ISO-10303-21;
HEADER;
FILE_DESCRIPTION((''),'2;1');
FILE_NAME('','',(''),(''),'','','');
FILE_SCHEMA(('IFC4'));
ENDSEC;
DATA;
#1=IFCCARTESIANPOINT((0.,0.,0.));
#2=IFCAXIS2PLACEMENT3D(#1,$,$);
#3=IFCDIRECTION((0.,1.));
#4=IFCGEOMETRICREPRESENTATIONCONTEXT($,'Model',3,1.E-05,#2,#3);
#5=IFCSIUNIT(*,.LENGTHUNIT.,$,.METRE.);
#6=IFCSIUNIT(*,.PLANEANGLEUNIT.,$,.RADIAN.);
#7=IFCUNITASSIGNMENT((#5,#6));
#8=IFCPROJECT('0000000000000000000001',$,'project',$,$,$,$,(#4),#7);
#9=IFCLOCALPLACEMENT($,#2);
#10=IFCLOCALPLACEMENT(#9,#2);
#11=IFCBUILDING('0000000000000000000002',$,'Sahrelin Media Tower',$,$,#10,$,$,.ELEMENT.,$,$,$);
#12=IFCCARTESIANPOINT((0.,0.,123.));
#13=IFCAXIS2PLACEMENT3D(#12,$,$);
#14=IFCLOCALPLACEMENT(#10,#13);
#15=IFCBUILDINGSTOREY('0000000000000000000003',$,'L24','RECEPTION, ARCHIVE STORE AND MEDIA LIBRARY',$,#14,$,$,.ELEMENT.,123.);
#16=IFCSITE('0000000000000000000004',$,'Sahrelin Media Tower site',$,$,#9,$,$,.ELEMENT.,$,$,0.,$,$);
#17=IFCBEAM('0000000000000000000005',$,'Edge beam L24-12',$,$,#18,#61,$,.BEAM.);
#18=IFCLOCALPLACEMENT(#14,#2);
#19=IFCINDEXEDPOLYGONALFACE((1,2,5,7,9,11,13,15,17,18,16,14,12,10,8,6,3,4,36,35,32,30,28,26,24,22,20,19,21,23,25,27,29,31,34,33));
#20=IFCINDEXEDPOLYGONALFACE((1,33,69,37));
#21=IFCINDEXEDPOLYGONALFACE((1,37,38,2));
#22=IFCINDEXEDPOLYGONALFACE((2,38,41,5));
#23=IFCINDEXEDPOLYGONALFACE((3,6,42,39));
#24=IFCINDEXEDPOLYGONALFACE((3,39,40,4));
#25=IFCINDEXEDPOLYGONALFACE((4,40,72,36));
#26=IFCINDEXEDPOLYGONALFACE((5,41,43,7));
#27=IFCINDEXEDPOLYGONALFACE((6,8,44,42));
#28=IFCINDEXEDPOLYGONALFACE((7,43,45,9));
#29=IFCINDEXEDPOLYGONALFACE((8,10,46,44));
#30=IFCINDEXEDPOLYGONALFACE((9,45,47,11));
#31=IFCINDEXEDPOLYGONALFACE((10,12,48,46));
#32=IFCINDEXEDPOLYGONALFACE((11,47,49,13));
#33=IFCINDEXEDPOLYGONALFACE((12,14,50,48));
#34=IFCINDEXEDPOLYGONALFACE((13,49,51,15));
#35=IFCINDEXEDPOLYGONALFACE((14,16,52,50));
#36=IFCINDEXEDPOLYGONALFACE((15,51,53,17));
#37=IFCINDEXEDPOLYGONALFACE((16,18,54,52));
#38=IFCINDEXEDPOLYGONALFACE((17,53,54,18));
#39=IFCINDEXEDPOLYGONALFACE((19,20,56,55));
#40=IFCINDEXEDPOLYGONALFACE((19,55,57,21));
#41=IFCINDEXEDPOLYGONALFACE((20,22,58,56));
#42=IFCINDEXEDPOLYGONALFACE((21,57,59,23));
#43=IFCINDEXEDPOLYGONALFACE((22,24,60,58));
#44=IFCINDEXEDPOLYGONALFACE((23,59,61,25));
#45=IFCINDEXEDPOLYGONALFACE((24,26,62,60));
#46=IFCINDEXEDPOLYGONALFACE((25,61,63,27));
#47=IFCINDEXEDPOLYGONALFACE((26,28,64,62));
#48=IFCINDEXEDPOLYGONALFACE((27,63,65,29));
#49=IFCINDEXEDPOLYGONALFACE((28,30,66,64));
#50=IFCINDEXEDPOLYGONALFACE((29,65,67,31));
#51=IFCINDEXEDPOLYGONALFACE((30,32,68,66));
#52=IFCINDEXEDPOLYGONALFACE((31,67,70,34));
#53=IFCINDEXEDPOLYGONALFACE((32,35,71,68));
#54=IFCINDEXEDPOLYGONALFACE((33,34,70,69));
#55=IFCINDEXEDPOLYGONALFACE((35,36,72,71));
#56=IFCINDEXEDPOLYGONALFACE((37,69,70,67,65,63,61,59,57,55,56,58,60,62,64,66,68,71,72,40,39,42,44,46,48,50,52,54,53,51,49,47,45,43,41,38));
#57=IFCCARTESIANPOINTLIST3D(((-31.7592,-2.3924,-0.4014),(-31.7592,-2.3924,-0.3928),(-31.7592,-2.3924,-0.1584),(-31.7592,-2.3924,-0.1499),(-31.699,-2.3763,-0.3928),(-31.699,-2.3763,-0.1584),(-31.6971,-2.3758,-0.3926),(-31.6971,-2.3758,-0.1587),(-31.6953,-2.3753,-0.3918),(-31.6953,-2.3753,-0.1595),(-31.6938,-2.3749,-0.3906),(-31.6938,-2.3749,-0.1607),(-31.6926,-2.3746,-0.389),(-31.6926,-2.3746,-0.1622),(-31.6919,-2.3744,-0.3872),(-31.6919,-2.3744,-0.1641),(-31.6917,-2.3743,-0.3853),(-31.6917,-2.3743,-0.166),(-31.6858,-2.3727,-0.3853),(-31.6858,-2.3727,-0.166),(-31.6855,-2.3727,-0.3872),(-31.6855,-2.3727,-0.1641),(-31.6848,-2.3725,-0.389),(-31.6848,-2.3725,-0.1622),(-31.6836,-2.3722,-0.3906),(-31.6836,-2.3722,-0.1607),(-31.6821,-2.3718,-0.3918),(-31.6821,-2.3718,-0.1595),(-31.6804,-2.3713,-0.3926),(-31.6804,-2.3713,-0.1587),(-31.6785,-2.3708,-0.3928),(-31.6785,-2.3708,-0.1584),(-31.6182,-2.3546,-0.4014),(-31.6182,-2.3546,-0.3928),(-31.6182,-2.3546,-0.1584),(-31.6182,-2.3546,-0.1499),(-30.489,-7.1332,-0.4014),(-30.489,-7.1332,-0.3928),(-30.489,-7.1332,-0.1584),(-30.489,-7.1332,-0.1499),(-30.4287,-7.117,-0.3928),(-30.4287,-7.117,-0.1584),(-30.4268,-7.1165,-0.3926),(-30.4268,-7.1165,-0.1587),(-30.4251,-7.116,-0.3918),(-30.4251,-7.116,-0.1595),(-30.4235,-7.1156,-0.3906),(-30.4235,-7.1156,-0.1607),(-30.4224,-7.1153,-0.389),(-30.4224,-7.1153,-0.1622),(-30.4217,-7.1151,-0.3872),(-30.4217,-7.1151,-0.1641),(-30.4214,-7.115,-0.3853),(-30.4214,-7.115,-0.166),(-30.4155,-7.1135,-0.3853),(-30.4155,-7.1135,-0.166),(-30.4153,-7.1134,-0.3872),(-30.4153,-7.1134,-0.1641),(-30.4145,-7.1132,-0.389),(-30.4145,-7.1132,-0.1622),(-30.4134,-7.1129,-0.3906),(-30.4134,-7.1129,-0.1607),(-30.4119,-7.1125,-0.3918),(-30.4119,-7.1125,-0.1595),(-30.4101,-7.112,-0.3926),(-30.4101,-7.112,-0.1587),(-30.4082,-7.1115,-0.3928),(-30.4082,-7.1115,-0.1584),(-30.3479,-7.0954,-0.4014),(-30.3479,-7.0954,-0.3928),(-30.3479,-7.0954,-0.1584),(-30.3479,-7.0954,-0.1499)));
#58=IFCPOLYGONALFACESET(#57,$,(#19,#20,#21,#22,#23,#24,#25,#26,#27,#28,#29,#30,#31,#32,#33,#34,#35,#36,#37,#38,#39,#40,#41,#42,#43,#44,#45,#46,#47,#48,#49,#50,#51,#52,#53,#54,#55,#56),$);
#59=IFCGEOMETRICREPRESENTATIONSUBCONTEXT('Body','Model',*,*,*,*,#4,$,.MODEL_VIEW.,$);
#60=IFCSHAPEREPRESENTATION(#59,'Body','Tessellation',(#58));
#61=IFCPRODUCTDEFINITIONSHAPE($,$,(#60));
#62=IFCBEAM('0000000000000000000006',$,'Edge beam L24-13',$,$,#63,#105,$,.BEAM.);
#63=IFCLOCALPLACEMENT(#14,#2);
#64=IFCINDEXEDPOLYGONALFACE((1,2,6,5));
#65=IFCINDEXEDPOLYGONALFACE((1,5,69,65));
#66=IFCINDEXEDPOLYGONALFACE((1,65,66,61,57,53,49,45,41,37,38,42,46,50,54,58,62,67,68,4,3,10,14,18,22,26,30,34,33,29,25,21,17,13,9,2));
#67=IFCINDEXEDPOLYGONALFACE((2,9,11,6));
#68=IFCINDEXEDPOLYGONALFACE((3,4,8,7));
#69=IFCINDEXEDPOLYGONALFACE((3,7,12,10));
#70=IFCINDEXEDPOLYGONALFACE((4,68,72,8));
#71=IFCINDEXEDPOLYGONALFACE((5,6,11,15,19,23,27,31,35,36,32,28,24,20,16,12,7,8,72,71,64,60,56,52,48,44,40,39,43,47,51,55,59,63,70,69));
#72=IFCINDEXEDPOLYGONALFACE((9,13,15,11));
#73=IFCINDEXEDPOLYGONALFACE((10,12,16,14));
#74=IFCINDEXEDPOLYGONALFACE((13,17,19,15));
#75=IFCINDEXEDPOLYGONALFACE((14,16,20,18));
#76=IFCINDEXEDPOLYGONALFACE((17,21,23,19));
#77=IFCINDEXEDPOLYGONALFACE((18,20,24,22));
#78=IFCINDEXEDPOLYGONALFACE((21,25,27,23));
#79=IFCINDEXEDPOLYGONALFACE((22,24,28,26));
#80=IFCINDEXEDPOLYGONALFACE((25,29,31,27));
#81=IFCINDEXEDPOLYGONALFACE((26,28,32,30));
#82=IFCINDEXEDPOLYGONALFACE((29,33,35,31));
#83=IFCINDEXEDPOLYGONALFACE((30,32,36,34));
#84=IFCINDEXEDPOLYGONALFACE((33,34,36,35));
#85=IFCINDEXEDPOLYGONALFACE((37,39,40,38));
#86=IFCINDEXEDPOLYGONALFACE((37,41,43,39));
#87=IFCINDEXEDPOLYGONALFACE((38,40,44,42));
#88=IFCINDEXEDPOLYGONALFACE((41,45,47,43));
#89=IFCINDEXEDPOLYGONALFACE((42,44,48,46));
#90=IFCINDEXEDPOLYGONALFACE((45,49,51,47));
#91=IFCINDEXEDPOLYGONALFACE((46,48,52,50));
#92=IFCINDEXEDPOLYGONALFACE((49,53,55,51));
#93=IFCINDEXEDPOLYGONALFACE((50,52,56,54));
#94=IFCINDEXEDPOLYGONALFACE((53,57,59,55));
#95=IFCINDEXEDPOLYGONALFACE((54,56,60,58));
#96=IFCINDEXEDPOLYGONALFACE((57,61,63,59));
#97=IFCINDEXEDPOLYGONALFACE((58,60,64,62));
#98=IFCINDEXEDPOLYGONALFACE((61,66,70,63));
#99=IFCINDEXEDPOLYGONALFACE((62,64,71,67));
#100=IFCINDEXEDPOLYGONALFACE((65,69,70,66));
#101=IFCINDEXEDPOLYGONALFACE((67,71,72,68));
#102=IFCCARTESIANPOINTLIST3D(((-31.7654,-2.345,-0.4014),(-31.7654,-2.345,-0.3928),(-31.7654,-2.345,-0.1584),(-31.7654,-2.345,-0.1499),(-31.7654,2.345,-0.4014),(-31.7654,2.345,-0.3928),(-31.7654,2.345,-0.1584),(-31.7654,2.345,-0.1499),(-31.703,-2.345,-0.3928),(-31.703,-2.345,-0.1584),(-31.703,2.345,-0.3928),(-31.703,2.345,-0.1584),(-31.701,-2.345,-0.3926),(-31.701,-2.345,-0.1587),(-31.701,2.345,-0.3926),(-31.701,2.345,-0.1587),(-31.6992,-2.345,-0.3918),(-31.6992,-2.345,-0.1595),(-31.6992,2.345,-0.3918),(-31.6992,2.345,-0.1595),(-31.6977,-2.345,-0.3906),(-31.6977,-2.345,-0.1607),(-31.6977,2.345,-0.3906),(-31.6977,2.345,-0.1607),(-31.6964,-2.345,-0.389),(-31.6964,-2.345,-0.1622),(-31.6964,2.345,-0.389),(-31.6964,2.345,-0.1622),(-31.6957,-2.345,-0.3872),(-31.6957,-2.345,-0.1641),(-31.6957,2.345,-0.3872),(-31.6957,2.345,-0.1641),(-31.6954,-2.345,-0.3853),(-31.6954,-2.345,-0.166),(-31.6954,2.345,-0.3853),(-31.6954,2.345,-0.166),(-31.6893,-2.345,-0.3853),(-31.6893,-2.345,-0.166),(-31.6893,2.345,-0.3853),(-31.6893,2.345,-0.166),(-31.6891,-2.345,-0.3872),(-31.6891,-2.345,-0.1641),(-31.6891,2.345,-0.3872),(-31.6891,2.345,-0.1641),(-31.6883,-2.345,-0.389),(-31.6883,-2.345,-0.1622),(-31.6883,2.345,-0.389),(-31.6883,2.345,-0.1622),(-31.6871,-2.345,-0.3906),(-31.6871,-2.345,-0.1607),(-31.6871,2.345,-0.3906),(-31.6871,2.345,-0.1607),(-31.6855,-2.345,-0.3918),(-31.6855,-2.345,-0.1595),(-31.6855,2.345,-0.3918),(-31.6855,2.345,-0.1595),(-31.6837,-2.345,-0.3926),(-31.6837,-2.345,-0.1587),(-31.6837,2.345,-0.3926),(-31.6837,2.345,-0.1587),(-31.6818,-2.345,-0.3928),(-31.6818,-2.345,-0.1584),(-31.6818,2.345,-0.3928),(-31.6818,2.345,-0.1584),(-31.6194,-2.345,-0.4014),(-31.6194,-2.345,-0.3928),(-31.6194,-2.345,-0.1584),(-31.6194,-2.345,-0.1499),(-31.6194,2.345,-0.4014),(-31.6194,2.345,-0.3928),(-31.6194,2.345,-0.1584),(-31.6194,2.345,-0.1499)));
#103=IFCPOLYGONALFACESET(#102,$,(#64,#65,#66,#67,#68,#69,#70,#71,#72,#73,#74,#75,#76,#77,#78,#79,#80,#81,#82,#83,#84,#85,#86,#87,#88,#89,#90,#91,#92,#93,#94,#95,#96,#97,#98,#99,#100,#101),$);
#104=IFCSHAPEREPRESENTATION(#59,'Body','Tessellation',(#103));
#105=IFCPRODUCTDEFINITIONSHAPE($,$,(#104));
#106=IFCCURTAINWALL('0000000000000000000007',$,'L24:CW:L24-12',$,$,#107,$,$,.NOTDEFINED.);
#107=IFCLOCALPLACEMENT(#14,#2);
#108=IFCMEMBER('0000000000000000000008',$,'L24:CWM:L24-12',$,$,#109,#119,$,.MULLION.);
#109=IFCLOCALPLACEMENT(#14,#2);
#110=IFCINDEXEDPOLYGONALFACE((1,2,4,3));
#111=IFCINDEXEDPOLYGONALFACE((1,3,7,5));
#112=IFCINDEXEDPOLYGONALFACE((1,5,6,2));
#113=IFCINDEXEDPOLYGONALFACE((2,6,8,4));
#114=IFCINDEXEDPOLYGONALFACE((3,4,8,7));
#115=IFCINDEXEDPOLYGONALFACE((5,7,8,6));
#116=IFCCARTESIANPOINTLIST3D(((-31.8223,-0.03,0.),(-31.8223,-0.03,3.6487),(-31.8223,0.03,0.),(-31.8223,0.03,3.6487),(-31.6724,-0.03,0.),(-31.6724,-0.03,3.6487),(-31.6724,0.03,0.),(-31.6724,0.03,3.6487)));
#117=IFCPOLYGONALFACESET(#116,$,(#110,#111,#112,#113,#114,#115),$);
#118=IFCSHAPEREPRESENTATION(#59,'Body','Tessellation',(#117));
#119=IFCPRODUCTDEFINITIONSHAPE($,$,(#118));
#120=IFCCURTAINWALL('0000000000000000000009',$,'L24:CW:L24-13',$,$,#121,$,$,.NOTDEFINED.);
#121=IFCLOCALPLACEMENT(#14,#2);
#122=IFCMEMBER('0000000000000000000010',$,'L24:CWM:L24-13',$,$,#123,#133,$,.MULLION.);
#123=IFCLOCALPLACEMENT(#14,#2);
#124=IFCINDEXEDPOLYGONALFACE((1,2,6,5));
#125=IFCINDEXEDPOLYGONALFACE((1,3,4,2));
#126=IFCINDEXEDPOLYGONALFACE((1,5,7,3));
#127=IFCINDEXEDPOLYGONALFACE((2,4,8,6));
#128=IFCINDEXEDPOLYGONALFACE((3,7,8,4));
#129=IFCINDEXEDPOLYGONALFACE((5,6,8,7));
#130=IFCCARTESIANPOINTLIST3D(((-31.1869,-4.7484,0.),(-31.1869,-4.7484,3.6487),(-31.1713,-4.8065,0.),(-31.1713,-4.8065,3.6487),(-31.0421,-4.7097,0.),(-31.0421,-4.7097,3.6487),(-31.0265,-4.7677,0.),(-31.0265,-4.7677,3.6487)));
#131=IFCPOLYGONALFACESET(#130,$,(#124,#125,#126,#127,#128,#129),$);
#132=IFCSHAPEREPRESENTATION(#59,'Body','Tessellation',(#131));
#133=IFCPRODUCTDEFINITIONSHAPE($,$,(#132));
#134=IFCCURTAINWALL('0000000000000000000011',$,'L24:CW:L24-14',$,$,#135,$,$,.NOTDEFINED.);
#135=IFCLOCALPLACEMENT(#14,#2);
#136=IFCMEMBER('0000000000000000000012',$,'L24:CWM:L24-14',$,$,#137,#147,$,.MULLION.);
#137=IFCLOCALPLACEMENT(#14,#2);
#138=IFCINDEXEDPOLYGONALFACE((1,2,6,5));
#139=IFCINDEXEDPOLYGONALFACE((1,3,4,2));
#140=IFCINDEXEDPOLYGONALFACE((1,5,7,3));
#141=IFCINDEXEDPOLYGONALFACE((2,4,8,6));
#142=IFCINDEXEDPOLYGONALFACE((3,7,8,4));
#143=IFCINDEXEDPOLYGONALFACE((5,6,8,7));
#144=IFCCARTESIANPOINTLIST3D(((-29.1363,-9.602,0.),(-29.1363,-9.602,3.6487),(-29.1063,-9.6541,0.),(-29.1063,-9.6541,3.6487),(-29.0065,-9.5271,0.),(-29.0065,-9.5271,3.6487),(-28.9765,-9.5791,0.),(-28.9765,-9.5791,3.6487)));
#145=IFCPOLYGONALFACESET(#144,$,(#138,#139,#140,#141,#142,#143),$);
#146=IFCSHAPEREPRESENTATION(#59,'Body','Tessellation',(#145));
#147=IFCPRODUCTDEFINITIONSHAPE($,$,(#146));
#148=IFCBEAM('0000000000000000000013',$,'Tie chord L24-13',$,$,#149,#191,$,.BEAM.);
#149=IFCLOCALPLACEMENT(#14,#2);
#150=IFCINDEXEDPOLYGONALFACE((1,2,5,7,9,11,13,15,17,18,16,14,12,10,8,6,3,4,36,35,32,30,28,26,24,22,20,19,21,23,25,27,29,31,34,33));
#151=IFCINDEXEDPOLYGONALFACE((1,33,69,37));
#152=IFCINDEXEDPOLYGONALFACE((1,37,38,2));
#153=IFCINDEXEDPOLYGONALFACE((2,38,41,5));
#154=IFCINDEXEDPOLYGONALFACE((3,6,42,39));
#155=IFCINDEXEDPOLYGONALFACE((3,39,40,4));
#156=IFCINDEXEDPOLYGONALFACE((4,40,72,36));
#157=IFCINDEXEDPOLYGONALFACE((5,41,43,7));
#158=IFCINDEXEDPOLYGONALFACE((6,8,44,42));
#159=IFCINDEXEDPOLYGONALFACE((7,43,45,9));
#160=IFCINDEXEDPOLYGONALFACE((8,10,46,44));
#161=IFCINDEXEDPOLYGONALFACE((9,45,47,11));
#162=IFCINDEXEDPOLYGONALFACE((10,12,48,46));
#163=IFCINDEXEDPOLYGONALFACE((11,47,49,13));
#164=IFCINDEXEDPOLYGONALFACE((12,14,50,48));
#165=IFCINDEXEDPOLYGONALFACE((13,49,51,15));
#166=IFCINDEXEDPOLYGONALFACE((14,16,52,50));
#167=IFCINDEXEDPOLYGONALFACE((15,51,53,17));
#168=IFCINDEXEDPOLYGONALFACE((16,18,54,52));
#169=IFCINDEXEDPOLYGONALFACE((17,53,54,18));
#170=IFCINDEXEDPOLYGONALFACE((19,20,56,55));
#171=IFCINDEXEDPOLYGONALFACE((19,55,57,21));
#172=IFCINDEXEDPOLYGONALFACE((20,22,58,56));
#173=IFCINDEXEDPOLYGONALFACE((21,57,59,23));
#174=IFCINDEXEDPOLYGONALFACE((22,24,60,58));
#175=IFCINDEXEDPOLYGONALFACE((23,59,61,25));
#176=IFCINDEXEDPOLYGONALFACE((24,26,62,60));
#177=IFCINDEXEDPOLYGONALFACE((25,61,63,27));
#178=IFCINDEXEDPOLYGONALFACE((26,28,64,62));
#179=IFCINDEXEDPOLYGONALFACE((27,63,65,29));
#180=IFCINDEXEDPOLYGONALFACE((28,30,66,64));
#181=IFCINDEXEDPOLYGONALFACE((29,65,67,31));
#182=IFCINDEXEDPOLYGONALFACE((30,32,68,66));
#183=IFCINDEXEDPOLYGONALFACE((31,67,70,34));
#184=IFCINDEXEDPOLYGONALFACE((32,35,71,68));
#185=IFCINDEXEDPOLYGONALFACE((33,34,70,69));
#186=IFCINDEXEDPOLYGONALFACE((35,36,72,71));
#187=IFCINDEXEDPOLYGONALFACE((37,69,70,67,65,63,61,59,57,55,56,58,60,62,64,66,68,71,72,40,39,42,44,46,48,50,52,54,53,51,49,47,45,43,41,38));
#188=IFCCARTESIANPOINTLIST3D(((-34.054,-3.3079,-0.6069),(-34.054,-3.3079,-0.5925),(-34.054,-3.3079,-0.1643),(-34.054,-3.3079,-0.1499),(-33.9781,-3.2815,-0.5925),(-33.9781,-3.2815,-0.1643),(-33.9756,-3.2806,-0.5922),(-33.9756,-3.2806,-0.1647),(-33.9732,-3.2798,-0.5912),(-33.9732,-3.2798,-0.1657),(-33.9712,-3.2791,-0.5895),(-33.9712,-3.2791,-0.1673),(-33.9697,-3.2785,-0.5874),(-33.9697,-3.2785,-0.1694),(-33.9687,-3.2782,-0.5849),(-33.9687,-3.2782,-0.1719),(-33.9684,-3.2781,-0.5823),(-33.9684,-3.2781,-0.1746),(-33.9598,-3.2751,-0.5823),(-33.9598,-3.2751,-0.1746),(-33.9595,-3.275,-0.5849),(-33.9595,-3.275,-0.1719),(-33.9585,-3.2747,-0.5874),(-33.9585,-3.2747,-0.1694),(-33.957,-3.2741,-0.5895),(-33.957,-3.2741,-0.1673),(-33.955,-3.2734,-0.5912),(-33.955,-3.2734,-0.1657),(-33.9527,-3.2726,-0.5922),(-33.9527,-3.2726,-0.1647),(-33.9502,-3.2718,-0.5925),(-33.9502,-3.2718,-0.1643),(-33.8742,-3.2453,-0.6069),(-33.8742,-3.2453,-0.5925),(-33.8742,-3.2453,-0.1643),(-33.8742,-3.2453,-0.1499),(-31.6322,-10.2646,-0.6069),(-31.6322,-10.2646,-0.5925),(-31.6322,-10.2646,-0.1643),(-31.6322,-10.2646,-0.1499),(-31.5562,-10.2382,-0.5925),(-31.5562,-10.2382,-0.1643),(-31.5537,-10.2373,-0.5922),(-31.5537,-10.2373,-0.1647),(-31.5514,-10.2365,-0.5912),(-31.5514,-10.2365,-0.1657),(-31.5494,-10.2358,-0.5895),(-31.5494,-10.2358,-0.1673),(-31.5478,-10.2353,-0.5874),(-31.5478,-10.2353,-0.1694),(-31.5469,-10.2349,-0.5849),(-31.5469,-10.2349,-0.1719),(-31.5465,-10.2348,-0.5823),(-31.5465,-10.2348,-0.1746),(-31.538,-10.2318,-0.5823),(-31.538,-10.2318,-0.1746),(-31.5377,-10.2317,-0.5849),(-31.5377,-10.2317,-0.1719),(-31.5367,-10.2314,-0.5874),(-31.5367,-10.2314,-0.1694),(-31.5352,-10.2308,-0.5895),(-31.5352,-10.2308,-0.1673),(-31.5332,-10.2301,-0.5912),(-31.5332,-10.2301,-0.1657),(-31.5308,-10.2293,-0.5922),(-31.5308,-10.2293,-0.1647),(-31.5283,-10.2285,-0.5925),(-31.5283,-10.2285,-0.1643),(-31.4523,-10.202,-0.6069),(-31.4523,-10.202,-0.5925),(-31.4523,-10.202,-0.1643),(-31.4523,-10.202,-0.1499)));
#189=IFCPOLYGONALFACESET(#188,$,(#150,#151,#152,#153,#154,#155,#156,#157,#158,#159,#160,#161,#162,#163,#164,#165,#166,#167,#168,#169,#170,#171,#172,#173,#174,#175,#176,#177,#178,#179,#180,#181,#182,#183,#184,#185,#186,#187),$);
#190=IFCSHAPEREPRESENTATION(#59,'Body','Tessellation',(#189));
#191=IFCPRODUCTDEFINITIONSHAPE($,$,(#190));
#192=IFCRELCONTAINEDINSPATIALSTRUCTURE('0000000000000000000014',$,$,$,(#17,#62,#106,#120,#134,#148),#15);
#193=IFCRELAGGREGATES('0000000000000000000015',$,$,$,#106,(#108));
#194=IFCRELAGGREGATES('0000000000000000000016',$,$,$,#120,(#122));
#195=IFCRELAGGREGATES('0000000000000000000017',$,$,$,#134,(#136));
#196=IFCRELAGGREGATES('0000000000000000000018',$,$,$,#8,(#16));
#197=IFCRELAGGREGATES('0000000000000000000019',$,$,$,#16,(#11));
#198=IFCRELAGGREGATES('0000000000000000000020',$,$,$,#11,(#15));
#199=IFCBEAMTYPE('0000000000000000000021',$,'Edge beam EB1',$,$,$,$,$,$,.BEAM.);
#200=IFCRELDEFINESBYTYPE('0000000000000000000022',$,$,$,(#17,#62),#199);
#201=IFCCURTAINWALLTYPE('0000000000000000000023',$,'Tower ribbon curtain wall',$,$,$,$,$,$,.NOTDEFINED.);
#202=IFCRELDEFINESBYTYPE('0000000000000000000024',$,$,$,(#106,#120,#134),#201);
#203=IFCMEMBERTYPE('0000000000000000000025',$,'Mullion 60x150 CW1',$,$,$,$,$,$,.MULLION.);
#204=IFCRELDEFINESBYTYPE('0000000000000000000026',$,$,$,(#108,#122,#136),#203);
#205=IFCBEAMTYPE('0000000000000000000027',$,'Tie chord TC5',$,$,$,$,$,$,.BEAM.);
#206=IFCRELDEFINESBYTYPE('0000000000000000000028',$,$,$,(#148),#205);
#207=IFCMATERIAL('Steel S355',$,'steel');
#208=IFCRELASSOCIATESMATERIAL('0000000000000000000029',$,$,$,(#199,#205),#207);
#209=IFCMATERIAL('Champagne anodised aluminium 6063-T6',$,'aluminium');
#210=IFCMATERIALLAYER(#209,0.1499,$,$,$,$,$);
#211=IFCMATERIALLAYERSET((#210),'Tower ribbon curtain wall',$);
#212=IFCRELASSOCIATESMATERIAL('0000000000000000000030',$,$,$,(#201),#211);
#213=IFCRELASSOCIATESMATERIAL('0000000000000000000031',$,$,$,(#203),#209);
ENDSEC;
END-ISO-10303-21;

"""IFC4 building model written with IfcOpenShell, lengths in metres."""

from ifc_helpers import new_model, si_unit, direction, frame, origin, origin_2d, place, context, subcontext, project, spatial, rectangle, i_section, extrude, material, layer, layer_set, material_profile, profile_set, type_object, element, aggregate, save


model = new_model("IFC4")

# Units and contexts
model_context = context("Model", 3, precision=1e-05, world=origin(), true_north=direction((0.0, 1.0)))
body_context = subcontext(model_context, "Body", "Model", "MODEL_VIEW")
ifc_project = project(units=[si_unit("LENGTHUNIT", "METRE"), si_unit("PLANEANGLEUNIT", "RADIAN")], contexts=[model_context])

# Site, building, storey
site_placement = place(None, origin())
site = spatial("IfcSite", under=ifc_project, at=site_placement, Name="Sahrelin Media Tower site", CompositionType="ELEMENT", RefElevation=0.0)
building_placement = place(site_placement, origin())
building = spatial("IfcBuilding", under=site, at=building_placement, Name="Sahrelin Media Tower", CompositionType="ELEMENT")
storey_placement = place(building_placement, frame((0.0, 0.0, 123.0)))
storey = spatial("IfcBuildingStorey", under=building, at=storey_placement, Name="L24", Description="RECEPTION, ARCHIVE STORE AND MEDIA LIBRARY", CompositionType="ELEMENT", Elevation=123.0)

# Beams
ifc_material_1 = material(Name="Steel S355", Category="steel")
ifc_material_profile_1 = material_profile(ifc_material_1, i_section(OverallWidth=0.146, OverallDepth=0.2515, WebThickness=0.0061, FlangeThickness=0.0085, FilletRadius=0.0076, at=origin_2d()), Name="UB 254x146x31")
ifc_profile_set_1 = profile_set([ifc_material_profile_1], Name="Steel S355")
beam_type_1 = type_object("IfcBeamType", Name="Edge beam EB1", PredefinedType="BEAM", material=ifc_profile_set_1)
beam_1_placement = place(storey_placement, frame((-30.4185, -7.1143, -0.2756), z_axis=(-0.258817, 0.965926, 0.0), x_axis=(-0.965926, -0.258817, 0.0)))
element("IfcBeam", 1, at=beam_1_placement, inside=storey, type_object=beam_type_1, Name="Edge beam L24-12", PredefinedType="BEAM", context=body_context, shape_type="SweptSolid", body=[
    extrude(i_section(OverallWidth=0.146, OverallDepth=0.2515, WebThickness=0.0061, FlangeThickness=0.0085, FilletRadius=0.0076, at=origin_2d()), origin(), (0.0, 0.0, 1.0), 4.908),
])
beam_2_placement = place(storey_placement, frame((-31.6924, -2.345, -0.2756), z_axis=(0.0, 1.0, 0.0), x_axis=(-1.0, 0.0, 0.0)))
element("IfcBeam", 2, at=beam_2_placement, inside=storey, type_object=beam_type_1, Name="Edge beam L24-13", PredefinedType="BEAM", context=body_context, shape_type="SweptSolid", body=[
    extrude(i_section(OverallWidth=0.146, OverallDepth=0.2515, WebThickness=0.0061, FlangeThickness=0.0085, FilletRadius=0.0076, at=origin_2d()), origin(), (0.0, 0.0, 1.0), 4.6899),
])

# Curtain walls, members
ifc_material_2 = material(Name="Champagne anodised aluminium 6063-T6", Category="aluminium")
ifc_layer_1 = layer(ifc_material_2, 0.1499)
ifc_layer_set_1 = layer_set([ifc_layer_1], Name="Tower ribbon curtain wall")
curtain_wall_type = type_object("IfcCurtainWallType", Name="Tower ribbon curtain wall", PredefinedType="NOTDEFINED", material=ifc_layer_set_1)
curtain_wall_1_placement = place(storey_placement, frame((-31.8423, 0.0, 0.0), z_axis=(0.0, 0.0, 1.0), x_axis=(1.0, 0.0, 0.0)))
curtain_wall_1 = element("IfcCurtainWall", 3, at=curtain_wall_1_placement, inside=storey, type_object=curtain_wall_type, Name="L24:CW:L24-12", PredefinedType="NOTDEFINED")
ifc_material_profile_2 = material_profile(ifc_material_2, rectangle(XDim=0.0601, YDim=0.1499, at=origin_2d()), Name="Mullion 60x150")
ifc_profile_set_2 = profile_set([ifc_material_profile_2], Name="Champagne anodised aluminium 6063-T6")
member_type_1 = type_object("IfcMemberType", Name="Mullion 60x150 CW1", PredefinedType="MULLION", material=ifc_profile_set_2)
member_1_placement = place(storey_placement, frame((-31.7473, 0.0, 0.0), z_axis=(0.0, 0.0, 1.0), x_axis=(0.0, -1.0, 0.0)))
member_1 = element("IfcMember", 4, at=member_1_placement, type_object=member_type_1, Name="L24:CWM:L24-12", PredefinedType="MULLION", context=body_context, shape_type="SweptSolid", body=[
    extrude(rectangle(XDim=0.0601, YDim=0.1499, at=origin_2d()), origin(), (0.0, 0.0, 1.0), 3.6487),
])
aggregate(curtain_wall_1, [member_1])
curtain_wall_2_placement = place(storey_placement, frame((-31.1985, -4.7827, 0.0), z_axis=(0.0, 0.0, 1.0), x_axis=(1.0, 0.0, 0.0)))
curtain_wall_2 = element("IfcCurtainWall", 5, at=curtain_wall_2_placement, inside=storey, type_object=curtain_wall_type, Name="L24:CW:L24-13", PredefinedType="NOTDEFINED")
member_2_placement = place(storey_placement, frame((-31.1067, -4.7581, 0.0), z_axis=(0.0, 0.0, 1.0), x_axis=(0.258812, -0.965928, 0.0)))
member_2 = element("IfcMember", 6, at=member_2_placement, type_object=member_type_1, Name="L24:CWM:L24-13", PredefinedType="MULLION", context=body_context, shape_type="SweptSolid", body=[
    extrude(rectangle(XDim=0.0601, YDim=0.1499, at=origin_2d()), origin(), (0.0, 0.0, 1.0), 3.6487),
])
curtain_wall_3_placement = place(storey_placement, frame((-29.1389, -9.6382, 0.0), z_axis=(0.0, 0.0, 1.0), x_axis=(1.0, 0.0, 0.0)))
curtain_wall_3 = element("IfcCurtainWall", 7, at=curtain_wall_3_placement, inside=storey, type_object=curtain_wall_type, Name="L24:CW:L24-14", PredefinedType="NOTDEFINED")
member_3_placement = place(storey_placement, frame((-29.0564, -9.5906, 0.0), z_axis=(0.0, 0.0, 1.0), x_axis=(0.499998, -0.866026, 0.0)))
member_3 = element("IfcMember", 8, at=member_3_placement, type_object=member_type_1, Name="L24:CWM:L24-14", PredefinedType="MULLION", context=body_context, shape_type="SweptSolid", body=[
    extrude(rectangle(XDim=0.0601, YDim=0.1499, at=origin_2d()), origin(), (0.0, 0.0, 1.0), 3.6487),
])

# Beam
ifc_material_profile_3 = material_profile(ifc_material_1, i_section(OverallWidth=0.1904, OverallDepth=0.457, WebThickness=0.009, FlangeThickness=0.0144, FilletRadius=0.0103, at=origin_2d()), Name="UB 457x191x74")
ifc_profile_set_3 = profile_set([ifc_material_profile_3], Name="Steel S355")
beam_type_2 = type_object("IfcBeamType", Name="Tie chord TC5", PredefinedType="BEAM", material=ifc_profile_set_3)
beam_3_placement = place(storey_placement, frame((-33.9641, -3.2766, -0.3784), z_axis=(0.328778, -0.944407, 0.0), x_axis=(0.944407, 0.328778, 0.0)))
element("IfcBeam", 9, at=beam_3_placement, inside=storey, type_object=beam_type_2, Name="Tie chord L24-13", PredefinedType="BEAM", context=body_context, shape_type="SweptSolid", body=[
    extrude(i_section(OverallWidth=0.1904, OverallDepth=0.457, WebThickness=0.009, FlangeThickness=0.0144, FilletRadius=0.0103, at=origin_2d()), origin(), (0.0, 0.0, 1.0), 7.3662),
])

aggregate(curtain_wall_2, [member_2])
aggregate(curtain_wall_3, [member_3])

save(model, "model.ifc")
